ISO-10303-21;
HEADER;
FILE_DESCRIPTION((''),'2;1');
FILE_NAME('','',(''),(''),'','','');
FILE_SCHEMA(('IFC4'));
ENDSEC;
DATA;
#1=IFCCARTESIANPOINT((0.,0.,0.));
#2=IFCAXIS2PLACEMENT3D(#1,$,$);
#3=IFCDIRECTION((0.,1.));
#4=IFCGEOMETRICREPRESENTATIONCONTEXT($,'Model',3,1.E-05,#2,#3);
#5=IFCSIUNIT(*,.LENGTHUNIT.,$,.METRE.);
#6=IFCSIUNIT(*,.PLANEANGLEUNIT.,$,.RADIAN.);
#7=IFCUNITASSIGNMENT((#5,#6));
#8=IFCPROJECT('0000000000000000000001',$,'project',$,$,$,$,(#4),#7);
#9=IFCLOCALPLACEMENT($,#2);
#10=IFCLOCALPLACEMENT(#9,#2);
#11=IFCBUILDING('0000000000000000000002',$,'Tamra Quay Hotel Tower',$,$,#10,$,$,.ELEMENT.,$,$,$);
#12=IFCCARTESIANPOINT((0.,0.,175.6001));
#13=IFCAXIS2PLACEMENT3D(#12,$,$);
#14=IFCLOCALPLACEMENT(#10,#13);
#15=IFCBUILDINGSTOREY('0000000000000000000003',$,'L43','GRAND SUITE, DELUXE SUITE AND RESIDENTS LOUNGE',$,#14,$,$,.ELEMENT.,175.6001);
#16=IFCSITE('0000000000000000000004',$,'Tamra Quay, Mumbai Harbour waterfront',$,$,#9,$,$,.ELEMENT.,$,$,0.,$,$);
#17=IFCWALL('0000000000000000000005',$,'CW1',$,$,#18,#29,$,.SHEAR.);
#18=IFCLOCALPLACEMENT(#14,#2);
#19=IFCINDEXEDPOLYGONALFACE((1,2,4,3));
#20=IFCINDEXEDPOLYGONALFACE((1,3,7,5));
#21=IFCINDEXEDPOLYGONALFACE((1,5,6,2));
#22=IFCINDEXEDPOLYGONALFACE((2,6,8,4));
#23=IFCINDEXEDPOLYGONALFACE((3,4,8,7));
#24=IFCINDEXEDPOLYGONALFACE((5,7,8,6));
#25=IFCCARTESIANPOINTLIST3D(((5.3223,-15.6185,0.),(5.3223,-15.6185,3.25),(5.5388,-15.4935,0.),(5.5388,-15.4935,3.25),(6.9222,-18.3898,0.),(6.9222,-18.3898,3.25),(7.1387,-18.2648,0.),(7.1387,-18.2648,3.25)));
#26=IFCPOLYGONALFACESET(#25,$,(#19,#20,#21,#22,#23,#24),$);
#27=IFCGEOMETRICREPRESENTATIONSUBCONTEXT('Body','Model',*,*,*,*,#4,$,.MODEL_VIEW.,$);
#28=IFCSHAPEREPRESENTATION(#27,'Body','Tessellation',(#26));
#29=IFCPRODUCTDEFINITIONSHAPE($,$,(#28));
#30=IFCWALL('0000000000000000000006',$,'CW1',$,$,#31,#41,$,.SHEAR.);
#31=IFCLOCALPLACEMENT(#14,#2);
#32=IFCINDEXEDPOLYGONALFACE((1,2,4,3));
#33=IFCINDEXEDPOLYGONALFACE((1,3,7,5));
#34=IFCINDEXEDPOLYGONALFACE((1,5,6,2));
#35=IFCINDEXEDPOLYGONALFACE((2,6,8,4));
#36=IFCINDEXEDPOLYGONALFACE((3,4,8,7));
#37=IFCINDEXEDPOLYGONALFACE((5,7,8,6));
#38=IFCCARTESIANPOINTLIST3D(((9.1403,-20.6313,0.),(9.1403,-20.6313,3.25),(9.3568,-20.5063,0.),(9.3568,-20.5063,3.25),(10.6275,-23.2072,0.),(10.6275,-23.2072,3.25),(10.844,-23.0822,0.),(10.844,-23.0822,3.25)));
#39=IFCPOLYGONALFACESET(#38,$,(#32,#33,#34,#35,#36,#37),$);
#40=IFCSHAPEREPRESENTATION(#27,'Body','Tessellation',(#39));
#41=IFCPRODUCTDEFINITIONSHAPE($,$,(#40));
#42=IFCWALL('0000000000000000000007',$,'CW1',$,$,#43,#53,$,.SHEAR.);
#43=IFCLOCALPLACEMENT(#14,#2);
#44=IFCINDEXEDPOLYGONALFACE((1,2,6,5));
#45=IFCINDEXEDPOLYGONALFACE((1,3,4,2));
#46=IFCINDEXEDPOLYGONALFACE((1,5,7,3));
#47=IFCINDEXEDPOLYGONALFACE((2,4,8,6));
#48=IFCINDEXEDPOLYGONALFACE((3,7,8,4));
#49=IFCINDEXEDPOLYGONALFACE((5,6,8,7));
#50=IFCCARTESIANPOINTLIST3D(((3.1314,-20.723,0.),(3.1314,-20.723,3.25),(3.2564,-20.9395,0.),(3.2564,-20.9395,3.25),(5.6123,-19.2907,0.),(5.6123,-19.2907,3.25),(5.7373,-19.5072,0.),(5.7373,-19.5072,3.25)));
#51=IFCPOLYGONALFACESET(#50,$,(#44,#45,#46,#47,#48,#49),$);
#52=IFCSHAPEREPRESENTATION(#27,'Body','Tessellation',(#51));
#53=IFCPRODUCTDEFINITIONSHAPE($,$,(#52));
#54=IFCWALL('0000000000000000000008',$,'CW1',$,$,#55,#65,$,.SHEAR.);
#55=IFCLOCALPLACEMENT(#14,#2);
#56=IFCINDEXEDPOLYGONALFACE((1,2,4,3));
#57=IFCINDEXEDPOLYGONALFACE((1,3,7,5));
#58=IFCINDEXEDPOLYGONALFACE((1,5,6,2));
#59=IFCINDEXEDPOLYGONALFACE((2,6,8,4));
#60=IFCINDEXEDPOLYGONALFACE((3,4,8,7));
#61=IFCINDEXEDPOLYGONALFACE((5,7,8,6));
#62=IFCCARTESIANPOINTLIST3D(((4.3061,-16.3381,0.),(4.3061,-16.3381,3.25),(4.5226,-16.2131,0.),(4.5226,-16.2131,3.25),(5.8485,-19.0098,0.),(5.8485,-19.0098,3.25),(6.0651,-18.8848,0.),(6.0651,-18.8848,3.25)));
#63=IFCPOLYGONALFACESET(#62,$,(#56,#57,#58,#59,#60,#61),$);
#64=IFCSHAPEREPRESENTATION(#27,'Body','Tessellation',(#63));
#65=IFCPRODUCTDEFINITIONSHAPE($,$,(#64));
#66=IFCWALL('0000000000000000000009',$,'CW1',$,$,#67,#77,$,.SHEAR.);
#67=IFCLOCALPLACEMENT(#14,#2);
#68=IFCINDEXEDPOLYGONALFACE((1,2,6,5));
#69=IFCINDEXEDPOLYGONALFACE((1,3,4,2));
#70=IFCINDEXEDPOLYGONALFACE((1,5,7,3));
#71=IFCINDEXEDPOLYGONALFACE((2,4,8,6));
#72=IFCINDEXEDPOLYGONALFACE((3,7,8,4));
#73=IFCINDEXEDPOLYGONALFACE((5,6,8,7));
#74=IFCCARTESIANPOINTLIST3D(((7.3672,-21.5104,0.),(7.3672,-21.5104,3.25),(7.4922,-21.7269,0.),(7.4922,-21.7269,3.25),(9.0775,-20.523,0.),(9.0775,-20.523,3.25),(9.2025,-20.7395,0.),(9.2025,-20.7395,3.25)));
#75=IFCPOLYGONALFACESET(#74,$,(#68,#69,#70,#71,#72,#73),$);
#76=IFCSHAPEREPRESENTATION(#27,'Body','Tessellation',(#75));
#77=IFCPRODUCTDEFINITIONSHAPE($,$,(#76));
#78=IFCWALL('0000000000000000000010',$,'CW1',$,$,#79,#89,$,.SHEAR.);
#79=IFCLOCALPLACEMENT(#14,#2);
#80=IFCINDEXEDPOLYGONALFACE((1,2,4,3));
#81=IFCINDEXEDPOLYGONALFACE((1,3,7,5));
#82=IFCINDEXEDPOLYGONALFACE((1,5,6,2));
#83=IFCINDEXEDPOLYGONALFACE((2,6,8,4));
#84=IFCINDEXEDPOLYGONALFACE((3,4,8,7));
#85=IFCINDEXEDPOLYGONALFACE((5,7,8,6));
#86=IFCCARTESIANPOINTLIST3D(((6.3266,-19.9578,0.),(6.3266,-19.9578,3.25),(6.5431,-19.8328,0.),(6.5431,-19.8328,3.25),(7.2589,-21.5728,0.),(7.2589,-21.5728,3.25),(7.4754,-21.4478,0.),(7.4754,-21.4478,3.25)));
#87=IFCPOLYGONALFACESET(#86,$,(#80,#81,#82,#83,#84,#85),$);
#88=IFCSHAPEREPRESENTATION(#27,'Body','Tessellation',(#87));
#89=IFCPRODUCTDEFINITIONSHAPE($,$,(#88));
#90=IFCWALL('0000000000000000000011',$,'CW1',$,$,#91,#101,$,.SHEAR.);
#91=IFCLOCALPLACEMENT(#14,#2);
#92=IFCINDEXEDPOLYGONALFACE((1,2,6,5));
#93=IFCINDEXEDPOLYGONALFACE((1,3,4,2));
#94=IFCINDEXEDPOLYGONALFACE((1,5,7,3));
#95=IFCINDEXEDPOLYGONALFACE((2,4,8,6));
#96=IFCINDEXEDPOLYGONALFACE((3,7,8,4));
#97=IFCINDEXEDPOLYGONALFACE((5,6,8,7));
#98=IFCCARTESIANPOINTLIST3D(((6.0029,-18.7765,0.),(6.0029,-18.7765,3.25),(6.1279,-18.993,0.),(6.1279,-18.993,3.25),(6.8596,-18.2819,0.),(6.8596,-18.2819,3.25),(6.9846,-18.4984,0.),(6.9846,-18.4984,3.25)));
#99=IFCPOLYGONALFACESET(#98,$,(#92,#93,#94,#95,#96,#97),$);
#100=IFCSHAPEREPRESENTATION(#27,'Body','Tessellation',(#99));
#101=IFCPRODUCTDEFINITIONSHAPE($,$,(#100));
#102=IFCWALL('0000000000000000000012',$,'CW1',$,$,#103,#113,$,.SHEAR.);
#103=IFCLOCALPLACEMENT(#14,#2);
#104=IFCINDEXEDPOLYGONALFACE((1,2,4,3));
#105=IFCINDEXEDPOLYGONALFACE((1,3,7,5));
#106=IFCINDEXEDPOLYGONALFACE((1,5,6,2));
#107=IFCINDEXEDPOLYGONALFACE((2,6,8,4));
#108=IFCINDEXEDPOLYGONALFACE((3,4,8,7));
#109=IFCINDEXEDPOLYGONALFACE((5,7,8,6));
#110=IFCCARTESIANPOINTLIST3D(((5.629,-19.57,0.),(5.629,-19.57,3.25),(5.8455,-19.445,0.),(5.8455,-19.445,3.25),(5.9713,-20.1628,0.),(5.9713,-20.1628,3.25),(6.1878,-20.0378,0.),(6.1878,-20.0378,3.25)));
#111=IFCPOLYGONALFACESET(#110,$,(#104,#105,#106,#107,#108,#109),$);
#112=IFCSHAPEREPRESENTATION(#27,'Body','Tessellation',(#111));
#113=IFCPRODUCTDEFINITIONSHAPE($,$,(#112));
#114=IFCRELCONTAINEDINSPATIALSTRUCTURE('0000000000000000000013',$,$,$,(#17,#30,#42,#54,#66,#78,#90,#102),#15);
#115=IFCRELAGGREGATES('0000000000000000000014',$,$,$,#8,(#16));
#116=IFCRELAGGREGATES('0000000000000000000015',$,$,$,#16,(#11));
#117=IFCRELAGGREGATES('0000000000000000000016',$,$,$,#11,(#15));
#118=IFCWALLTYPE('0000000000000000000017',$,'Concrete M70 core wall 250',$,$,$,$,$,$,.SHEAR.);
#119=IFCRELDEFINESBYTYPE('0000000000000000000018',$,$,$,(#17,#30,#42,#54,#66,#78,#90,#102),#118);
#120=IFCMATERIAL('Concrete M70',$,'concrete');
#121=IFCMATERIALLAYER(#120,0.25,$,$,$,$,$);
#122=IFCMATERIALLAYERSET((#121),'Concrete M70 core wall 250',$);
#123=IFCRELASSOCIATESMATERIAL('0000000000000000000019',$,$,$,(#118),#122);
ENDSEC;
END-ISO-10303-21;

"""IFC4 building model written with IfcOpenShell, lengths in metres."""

from ifc_helpers import new_model, si_unit, direction, frame, frame_2d, origin, place, context, subcontext, project, spatial, rectangle, extrude, material, layer, layer_set, type_object, element, save


model = new_model("IFC4")

# Units and contexts
model_context = context("Model", 3, precision=1e-05, world=origin(), true_north=direction((0.0, 1.0)))
body_context = subcontext(model_context, "Body", "Model", "MODEL_VIEW")
ifc_project = project(units=[si_unit("LENGTHUNIT", "METRE"), si_unit("PLANEANGLEUNIT", "RADIAN")], contexts=[model_context])

# Site, building, storey
site_placement = place(None, origin())
site = spatial("IfcSite", under=ifc_project, at=site_placement, Name="Tamra Quay, Mumbai Harbour waterfront", CompositionType="ELEMENT", RefElevation=0.0)
building_placement = place(site_placement, origin())
building = spatial("IfcBuilding", under=site, at=building_placement, Name="Tamra Quay Hotel Tower", CompositionType="ELEMENT")
storey_placement = place(building_placement, frame((0.0, 0.0, 175.6001)))
storey = spatial("IfcBuildingStorey", under=building, at=storey_placement, Name="L43", Description="GRAND SUITE, DELUXE SUITE AND RESIDENTS LOUNGE", CompositionType="ELEMENT", Elevation=175.6001)

# Shared definitions
ifc_material_1 = material(Name="Concrete M70", Category="concrete")

# Walls
ifc_layer_1 = layer(ifc_material_1, 0.25)
ifc_layer_set_1 = layer_set([ifc_layer_1], Name="Concrete M70 core wall 250")
wall_type_1 = type_object("IfcWallType", Name="Concrete M70 core wall 250", PredefinedType="SHEAR", material=ifc_layer_set_1)
wall_1_placement = place(storey_placement, frame((7.0305, -18.3274, 0.0), z_axis=(0.0, 0.0, 1.0), x_axis=(-0.499971, 0.866042, 0.0)))
element("IfcWall", 1, at=wall_1_placement, inside=storey, type_object=wall_type_1, Name="CW1", PredefinedType="SHEAR", context=body_context, shape_type="SweptSolid", body=[
    extrude(rectangle(XDim=3.2, YDim=0.25, at=frame_2d((1.6001, 0.0))), origin(), (0.0, 0.0, 1.0), 3.25),
])
wall_2_placement = place(storey_placement, frame((10.7358, -23.1448, 0.0), z_axis=(0.0, 0.0, 1.0), x_axis=(-0.500023, 0.866012, 0.0)))
element("IfcWall", 2, at=wall_2_placement, inside=storey, type_object=wall_type_1, Name="CW1", PredefinedType="SHEAR", context=body_context, shape_type="SweptSolid", body=[
    extrude(rectangle(XDim=2.9744, YDim=0.25, at=frame_2d((1.4873, 0.0))), origin(), (0.0, 0.0, 1.0), 3.25),
])
wall_3_placement = place(storey_placement, frame((5.6748, -19.3989, 0.0), z_axis=(0.0, 0.0, 1.0), x_axis=(-0.866027, -0.499998, 0.0)))
element("IfcWall", 3, at=wall_3_placement, inside=storey, type_object=wall_type_1, Name="CW1", PredefinedType="SHEAR", context=body_context, shape_type="SweptSolid", body=[
    extrude(rectangle(XDim=2.8647, YDim=0.25, at=frame_2d((1.4324, 0.0))), origin(), (0.0, 0.0, 1.0), 3.25),
])
wall_4_placement = place(storey_placement, frame((4.4143, -16.2756, 0.0), z_axis=(0.0, 0.0, 1.0), x_axis=(0.500003, -0.866023, 0.0)))
element("IfcWall", 4, at=wall_4_placement, inside=storey, type_object=wall_type_1, Name="CW1", PredefinedType="SHEAR", context=body_context, shape_type="SweptSolid", body=[
    extrude(rectangle(XDim=3.085, YDim=0.25, at=frame_2d((1.5425, 0.0))), origin(), (0.0, 0.0, 1.0), 3.25),
])
wall_5_placement = place(storey_placement, frame((9.1399, -20.6313, 0.0), z_axis=(0.0, 0.0, 1.0), x_axis=(-0.866044, -0.499969, 0.0)))
element("IfcWall", 5, at=wall_5_placement, inside=storey, type_object=wall_type_1, Name="CW1", PredefinedType="SHEAR", context=body_context, shape_type="SweptSolid", body=[
    extrude(rectangle(XDim=1.9749, YDim=0.25, at=frame_2d((0.9873, 0.0))), origin(), (0.0, 0.0, 1.0), 3.25),
])
wall_6_placement = place(storey_placement, frame((7.3672, -21.5103, 0.0), z_axis=(0.0, 0.0, 1.0), x_axis=(-0.499983, 0.866035, 0.0)))
element("IfcWall", 6, at=wall_6_placement, inside=storey, type_object=wall_type_1, Name="CW1", PredefinedType="SHEAR", context=body_context, shape_type="SweptSolid", body=[
    extrude(rectangle(XDim=1.8647, YDim=0.25, at=frame_2d((0.9324, 0.0))), origin(), (0.0, 0.0, 1.0), 3.25),
])
wall_7_placement = place(storey_placement, frame((6.0654, -18.8848, 0.0), z_axis=(0.0, 0.0, 1.0), x_axis=(0.866017, 0.500014, 0.0)))
element("IfcWall", 7, at=wall_7_placement, inside=storey, type_object=wall_type_1, Name="CW1", PredefinedType="SHEAR", context=body_context, shape_type="SweptSolid", body=[
    extrude(rectangle(XDim=0.9893, YDim=0.25, at=frame_2d((0.4946, 0.0))), origin(), (0.0, 0.0, 1.0), 3.25),
])
wall_8_placement = place(storey_placement, frame((6.0796, -20.1003, 0.0), z_axis=(0.0, 0.0, 1.0), x_axis=(-0.500052, 0.865996, 0.0)))
element("IfcWall", 8, at=wall_8_placement, inside=storey, type_object=wall_type_1, Name="CW1", PredefinedType="SHEAR", context=body_context, shape_type="SweptSolid", body=[
    extrude(rectangle(XDim=0.6846, YDim=0.25, at=frame_2d((0.3423, 0.0))), origin(), (0.0, 0.0, 1.0), 3.25),
])

save(model, "model.ifc")
